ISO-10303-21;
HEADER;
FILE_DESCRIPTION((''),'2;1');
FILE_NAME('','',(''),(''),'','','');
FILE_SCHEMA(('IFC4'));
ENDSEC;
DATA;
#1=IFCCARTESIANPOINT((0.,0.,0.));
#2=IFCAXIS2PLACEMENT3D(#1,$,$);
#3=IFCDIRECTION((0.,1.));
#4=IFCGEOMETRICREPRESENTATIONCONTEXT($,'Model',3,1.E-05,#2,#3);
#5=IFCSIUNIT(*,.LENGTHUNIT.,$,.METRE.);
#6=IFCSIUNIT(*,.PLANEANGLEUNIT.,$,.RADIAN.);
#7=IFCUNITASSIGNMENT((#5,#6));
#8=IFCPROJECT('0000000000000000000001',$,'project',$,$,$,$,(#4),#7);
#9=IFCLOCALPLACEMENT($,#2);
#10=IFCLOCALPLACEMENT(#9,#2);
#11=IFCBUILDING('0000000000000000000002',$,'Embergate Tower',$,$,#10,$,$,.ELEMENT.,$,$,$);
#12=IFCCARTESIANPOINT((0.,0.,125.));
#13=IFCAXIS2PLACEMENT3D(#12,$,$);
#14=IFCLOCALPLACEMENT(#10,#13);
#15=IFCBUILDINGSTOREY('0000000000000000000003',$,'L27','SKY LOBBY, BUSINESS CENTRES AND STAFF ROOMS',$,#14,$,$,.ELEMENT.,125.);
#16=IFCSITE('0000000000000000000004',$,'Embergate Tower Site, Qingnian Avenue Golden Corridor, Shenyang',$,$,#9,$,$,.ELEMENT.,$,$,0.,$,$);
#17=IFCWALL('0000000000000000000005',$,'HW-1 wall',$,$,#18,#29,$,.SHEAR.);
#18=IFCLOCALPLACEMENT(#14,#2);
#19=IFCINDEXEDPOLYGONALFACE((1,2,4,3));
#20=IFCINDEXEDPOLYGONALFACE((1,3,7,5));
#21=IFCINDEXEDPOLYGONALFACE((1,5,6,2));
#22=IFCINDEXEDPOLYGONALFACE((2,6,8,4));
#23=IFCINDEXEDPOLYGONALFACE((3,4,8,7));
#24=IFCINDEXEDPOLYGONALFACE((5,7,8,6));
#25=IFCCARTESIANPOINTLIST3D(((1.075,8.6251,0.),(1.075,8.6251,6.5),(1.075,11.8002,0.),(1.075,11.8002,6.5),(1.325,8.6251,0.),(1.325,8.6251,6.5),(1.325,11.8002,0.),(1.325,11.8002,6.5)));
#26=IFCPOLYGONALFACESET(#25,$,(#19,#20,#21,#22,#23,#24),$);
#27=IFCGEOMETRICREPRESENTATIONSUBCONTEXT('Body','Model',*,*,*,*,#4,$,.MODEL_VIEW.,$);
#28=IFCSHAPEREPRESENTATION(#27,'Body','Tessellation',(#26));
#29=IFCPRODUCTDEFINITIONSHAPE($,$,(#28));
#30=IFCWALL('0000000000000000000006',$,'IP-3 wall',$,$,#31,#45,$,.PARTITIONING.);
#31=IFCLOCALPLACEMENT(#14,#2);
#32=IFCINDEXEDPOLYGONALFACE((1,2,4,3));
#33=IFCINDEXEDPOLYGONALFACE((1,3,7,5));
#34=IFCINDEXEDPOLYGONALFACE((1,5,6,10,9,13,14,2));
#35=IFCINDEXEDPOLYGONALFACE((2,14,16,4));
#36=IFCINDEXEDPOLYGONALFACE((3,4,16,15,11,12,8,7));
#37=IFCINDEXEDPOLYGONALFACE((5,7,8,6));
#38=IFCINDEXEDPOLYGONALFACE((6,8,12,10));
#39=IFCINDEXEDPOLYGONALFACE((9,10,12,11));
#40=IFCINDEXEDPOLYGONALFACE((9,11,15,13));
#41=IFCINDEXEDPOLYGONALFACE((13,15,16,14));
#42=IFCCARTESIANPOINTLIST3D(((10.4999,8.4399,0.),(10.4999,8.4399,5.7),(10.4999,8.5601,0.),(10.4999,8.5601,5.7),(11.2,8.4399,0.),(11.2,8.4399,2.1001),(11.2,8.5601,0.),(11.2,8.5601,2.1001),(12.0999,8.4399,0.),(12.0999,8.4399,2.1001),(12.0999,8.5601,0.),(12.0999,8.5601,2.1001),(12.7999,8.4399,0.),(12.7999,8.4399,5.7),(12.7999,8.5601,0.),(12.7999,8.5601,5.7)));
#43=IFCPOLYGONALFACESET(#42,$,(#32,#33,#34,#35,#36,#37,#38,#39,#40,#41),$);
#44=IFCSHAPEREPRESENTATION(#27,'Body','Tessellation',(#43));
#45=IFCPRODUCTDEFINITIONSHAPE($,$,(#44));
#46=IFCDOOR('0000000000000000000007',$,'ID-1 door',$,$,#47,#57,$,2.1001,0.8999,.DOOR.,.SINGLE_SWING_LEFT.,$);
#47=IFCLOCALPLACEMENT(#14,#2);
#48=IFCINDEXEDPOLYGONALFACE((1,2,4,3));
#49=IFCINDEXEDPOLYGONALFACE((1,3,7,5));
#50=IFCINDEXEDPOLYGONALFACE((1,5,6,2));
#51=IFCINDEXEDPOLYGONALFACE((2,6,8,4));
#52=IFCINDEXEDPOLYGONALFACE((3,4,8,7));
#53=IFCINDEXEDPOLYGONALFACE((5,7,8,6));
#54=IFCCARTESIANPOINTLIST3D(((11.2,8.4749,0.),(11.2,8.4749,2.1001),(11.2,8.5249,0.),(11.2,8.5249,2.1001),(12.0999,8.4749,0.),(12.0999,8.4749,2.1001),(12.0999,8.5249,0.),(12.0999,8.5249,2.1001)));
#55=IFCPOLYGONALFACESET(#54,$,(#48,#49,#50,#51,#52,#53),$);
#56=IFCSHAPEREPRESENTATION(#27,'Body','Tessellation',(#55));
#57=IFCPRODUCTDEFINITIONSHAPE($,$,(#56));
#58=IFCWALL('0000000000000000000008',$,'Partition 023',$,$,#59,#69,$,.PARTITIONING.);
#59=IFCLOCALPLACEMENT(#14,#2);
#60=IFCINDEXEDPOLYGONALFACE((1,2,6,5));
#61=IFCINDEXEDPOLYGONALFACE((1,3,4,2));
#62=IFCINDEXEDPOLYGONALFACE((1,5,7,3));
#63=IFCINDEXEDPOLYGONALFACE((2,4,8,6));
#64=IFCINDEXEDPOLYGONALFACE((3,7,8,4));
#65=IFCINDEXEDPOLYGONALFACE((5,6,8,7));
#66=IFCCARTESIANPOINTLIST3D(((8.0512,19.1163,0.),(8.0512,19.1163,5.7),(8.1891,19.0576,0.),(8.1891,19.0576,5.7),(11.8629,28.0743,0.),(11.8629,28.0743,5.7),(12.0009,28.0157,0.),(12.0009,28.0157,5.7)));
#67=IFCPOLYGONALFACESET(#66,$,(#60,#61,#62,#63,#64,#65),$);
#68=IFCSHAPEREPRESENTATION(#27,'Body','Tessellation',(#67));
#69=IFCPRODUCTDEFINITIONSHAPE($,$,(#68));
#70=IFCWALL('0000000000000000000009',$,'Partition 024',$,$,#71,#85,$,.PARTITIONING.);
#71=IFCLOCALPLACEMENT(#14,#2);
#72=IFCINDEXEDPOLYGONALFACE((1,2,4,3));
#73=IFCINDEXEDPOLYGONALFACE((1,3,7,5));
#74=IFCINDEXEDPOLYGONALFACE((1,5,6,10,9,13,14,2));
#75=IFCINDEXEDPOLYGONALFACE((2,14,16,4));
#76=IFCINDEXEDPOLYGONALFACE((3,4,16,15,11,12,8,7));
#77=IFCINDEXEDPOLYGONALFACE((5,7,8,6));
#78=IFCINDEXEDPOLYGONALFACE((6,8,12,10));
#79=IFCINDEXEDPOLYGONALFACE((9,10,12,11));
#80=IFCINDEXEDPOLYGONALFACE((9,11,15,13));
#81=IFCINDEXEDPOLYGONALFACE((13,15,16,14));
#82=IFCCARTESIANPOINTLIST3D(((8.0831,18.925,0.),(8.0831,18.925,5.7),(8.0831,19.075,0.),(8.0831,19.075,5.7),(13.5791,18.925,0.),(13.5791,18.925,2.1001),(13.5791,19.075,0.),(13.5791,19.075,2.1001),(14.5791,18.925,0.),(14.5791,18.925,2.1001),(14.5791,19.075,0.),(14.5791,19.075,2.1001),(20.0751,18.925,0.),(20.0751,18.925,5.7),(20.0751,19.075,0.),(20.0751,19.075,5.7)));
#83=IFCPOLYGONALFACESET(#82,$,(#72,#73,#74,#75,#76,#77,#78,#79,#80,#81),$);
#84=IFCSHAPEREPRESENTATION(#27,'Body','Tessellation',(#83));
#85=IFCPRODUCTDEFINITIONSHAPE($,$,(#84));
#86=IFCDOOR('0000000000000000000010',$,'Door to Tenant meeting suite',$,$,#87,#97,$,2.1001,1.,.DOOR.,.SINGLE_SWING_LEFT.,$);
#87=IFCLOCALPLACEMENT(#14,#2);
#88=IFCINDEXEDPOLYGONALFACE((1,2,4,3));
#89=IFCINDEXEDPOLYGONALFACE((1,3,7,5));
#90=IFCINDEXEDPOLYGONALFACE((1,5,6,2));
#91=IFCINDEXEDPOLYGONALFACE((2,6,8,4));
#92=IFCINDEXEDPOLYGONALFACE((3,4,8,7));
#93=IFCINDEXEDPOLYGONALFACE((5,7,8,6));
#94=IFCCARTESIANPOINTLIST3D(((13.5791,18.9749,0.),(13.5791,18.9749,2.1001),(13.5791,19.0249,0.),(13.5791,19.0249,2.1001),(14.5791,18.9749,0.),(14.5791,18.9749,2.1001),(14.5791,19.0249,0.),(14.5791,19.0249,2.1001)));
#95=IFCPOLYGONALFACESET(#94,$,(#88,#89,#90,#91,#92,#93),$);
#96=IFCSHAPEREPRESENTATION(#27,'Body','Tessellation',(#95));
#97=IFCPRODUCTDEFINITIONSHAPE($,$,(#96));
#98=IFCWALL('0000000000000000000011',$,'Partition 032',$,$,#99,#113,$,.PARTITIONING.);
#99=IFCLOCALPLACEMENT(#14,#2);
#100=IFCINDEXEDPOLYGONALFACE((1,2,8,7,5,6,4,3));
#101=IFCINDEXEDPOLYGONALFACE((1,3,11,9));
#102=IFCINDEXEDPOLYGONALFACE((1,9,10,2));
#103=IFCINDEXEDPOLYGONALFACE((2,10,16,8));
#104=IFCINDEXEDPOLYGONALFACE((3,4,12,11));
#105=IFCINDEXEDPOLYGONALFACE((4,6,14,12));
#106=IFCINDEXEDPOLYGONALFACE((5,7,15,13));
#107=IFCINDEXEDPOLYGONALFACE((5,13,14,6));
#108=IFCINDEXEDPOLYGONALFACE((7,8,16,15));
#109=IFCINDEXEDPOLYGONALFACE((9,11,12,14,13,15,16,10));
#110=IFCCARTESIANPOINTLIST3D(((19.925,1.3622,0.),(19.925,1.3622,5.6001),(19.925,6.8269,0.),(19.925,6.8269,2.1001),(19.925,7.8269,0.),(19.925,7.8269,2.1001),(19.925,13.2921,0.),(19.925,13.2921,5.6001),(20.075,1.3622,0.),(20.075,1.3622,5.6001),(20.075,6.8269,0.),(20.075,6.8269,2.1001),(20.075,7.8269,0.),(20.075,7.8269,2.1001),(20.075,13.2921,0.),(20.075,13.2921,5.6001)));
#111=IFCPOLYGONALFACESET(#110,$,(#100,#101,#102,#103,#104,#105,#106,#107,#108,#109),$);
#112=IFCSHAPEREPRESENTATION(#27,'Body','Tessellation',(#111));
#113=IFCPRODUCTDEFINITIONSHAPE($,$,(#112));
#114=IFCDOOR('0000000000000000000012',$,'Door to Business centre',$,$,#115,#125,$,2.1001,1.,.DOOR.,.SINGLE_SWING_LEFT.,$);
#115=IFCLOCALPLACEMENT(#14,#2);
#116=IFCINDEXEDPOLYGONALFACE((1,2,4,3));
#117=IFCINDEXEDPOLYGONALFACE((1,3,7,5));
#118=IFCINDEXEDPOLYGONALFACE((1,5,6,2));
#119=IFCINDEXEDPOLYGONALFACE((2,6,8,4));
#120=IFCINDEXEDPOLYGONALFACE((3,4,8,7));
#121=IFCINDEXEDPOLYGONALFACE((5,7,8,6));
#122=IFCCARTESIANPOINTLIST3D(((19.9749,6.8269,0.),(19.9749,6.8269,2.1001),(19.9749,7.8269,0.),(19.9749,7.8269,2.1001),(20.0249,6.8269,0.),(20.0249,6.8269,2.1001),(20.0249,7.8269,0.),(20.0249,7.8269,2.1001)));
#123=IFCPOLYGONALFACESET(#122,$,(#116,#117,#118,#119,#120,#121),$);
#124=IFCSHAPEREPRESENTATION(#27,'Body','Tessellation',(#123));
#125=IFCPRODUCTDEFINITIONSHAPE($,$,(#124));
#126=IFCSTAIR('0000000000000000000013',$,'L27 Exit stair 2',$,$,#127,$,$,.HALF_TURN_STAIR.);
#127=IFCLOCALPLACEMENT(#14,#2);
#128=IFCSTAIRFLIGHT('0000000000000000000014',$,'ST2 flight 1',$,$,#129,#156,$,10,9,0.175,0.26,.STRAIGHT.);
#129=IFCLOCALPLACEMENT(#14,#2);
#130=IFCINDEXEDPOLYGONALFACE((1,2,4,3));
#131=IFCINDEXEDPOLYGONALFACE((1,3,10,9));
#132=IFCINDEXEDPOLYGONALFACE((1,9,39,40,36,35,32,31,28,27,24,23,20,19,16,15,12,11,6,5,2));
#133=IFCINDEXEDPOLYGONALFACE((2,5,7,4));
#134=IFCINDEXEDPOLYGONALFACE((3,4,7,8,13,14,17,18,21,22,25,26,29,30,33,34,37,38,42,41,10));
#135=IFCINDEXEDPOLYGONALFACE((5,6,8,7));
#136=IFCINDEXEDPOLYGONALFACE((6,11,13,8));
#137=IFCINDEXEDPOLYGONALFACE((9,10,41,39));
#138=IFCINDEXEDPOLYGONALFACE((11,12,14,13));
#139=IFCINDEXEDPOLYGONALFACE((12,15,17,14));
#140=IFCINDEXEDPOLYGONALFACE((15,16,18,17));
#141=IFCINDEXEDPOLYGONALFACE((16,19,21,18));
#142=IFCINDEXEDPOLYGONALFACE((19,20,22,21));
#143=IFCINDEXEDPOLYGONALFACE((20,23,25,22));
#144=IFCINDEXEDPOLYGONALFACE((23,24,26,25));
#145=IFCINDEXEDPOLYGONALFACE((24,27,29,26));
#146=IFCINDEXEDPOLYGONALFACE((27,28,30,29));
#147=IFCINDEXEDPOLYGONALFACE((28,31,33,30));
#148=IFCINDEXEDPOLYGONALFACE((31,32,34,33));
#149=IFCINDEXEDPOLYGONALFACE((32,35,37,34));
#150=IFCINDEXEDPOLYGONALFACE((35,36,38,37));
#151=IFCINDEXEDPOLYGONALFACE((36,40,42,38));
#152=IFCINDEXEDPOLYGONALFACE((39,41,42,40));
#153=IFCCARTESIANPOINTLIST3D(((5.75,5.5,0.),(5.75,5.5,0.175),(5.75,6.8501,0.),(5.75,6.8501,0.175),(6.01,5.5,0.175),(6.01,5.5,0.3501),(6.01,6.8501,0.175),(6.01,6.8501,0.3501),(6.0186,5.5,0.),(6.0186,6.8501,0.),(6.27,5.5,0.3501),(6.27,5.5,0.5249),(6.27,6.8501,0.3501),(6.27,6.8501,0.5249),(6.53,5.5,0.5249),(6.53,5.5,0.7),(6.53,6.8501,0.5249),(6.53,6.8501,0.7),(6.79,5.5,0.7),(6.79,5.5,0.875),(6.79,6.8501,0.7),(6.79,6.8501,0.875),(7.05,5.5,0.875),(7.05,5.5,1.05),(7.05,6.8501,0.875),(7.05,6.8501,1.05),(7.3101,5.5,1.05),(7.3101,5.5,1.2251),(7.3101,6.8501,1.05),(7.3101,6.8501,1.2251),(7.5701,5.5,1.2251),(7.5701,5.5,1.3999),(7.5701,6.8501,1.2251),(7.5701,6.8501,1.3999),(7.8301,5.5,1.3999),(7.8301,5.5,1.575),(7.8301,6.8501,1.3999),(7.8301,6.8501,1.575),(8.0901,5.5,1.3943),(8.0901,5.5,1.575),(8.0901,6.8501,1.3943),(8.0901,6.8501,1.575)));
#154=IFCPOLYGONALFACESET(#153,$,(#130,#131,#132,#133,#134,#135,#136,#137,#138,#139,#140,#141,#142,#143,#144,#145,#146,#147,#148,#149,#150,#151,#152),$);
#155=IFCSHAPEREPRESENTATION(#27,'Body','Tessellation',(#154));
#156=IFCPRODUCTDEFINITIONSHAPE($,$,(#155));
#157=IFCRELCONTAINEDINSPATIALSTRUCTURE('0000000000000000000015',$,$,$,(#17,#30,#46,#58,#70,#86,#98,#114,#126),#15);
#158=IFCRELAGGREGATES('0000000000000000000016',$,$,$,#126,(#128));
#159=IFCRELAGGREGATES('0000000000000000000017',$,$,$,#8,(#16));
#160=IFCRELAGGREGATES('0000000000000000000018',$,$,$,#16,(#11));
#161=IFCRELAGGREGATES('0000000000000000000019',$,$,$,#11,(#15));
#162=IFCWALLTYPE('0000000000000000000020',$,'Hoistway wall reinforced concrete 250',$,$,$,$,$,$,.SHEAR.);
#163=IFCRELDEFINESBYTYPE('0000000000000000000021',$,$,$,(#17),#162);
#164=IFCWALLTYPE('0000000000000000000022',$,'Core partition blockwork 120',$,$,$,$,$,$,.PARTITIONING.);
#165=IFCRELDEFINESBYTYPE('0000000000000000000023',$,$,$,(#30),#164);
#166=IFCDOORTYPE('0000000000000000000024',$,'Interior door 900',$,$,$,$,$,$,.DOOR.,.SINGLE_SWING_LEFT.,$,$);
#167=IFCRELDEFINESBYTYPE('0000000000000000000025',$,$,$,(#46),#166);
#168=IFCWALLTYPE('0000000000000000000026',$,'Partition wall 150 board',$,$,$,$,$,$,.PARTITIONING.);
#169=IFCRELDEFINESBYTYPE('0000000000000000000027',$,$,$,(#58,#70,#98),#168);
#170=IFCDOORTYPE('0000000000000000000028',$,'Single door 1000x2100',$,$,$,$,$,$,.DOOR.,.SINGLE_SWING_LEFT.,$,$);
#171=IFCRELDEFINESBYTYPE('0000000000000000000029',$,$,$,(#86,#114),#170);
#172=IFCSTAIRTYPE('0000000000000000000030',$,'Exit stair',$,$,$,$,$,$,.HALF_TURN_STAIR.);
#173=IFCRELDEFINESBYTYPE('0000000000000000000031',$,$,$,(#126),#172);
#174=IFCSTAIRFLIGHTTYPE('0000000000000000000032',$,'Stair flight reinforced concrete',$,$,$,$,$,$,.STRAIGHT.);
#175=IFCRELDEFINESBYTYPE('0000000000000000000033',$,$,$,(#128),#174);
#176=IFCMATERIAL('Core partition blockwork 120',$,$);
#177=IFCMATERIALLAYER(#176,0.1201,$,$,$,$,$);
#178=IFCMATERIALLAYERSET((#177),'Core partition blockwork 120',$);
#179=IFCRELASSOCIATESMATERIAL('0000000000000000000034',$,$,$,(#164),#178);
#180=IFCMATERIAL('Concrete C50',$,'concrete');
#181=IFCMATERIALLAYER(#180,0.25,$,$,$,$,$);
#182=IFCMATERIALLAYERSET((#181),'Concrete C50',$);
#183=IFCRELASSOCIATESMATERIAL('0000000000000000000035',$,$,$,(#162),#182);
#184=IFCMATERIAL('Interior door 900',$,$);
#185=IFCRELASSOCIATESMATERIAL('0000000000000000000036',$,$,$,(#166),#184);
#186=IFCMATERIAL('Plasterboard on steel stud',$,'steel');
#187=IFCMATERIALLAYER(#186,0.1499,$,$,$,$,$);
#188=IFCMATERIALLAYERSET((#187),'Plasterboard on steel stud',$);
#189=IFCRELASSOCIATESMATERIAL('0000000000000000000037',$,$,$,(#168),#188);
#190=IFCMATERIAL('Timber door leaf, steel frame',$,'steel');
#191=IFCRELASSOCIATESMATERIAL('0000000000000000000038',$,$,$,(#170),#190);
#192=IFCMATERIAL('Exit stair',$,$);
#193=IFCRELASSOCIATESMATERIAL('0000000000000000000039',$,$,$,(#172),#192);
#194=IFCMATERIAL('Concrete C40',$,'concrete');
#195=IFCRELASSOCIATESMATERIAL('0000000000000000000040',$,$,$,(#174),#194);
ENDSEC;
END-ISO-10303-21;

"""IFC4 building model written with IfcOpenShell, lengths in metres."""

from ifc_helpers import new_model, si_unit, direction, frame, frame_2d, origin, place, context, subcontext, project, spatial, polyline, rectangle, outline, extrude, source, transform, mapped, material, layer, layer_set, type_object, element, fill, aggregate, save


model = new_model("IFC4")

# Units and contexts
model_context = context("Model", 3, precision=1e-05, world=origin(), true_north=direction((0.0, 1.0)))
body_context = subcontext(model_context, "Body", "Model", "MODEL_VIEW")
ifc_project = project(units=[si_unit("LENGTHUNIT", "METRE"), si_unit("PLANEANGLEUNIT", "RADIAN")], contexts=[model_context])

# Site, building, storey
site_placement = place(None, origin())
site = spatial("IfcSite", under=ifc_project, at=site_placement, Name="Embergate Tower Site, Qingnian Avenue Golden Corridor, Shenyang", CompositionType="ELEMENT", RefElevation=0.0)
building_placement = place(site_placement, origin())
building = spatial("IfcBuilding", under=site, at=building_placement, Name="Embergate Tower", CompositionType="ELEMENT")
storey_placement = place(building_placement, frame((0.0, 0.0, 125.0)))
storey = spatial("IfcBuildingStorey", under=building, at=storey_placement, Name="L27", Description="SKY LOBBY, BUSINESS CENTRES AND STAFF ROOMS", CompositionType="ELEMENT", Elevation=125.0)

# Shared definitions
ifc_material_1 = material(Name="Concrete C50", Category="concrete")

# Shared definitions
ifc_material_2 = material(Name="Core partition blockwork 120")
ifc_layer_1 = layer(ifc_material_2, 0.1201)
ifc_layer_set_1 = layer_set([ifc_layer_1], Name="Core partition blockwork 120")
wall_type_1 = type_object("IfcWallType", Name="Core partition blockwork 120", PredefinedType="PARTITIONING", material=ifc_layer_set_1)

# Wall
ifc_layer_2 = layer(ifc_material_1, 0.25)
ifc_layer_set_2 = layer_set([ifc_layer_2], Name="Concrete C50")
wall_type_2 = type_object("IfcWallType", Name="Hoistway wall reinforced concrete 250", PredefinedType="SHEAR", material=ifc_layer_set_2)
shared_shape_1 = source(origin(), body_context, "Body", "SweptSolid", [
    extrude(rectangle(XDim=3.175, YDim=0.25, at=frame_2d((1.5874, 0.0))), origin(), (0.0, 0.0, 1.0), 6.5),
])
wall_1_placement = place(storey_placement, frame((1.2, 11.8, 0.0), z_axis=(0.0, 0.0, 1.0), x_axis=(0.0, -1.0, 0.0)))
element("IfcWall", 1, at=wall_1_placement, inside=storey, type_object=wall_type_2, Name="HW-1 wall", PredefinedType="SHEAR", context=body_context, shape_type="MappedRepresentation", body=[
    mapped(shared_shape_1, transform((0.0, 0.0, 0.0))),
])

# Wall, opening, door
shared_shape_2 = source(origin(), body_context, "Body", "SweptSolid", [
    extrude(rectangle(XDim=2.3, YDim=0.1201, at=frame_2d((1.1499, 0.0))), origin(), (0.0, 0.0, 1.0), 5.7),
])
wall_2_placement = place(storey_placement, frame((10.5, 8.5, 0.0), z_axis=(0.0, 0.0, 1.0), x_axis=(1.0, 0.0, 0.0)))
wall_2 = element("IfcWall", 2, at=wall_2_placement, inside=storey, type_object=wall_type_1, Name="IP-3 wall", PredefinedType="PARTITIONING", context=body_context, shape_type="MappedRepresentation", body=[
    mapped(shared_shape_2, transform((0.0, 0.0, 0.0))),
])
shared_shape_3 = source(origin(), body_context, "Body", "SweptSolid", [
    extrude(rectangle(XDim=0.8999, YDim=2.1001, at=frame_2d((0.45, 1.05))), frame((0.0, 0.0701, 0.0), z_axis=(0.0, -1.0, 0.0), x_axis=(1.0, 0.0, 0.0)), (0.0, 0.0, 1.0), 0.1401),
])
opening_1_placement = place(wall_2_placement, frame((0.7, 0.0, 0.0)))
opening_1 = element("IfcOpeningElement", 3, at=opening_1_placement, cuts=wall_2, PredefinedType="OPENING", context=body_context, shape_type="MappedRepresentation", body=[
    mapped(shared_shape_3, transform((0.0, 0.0, 0.0))),
])
ifc_material_3 = material(Name="Interior door 900")
door_type_1 = type_object("IfcDoorType", Name="Interior door 900", OperationType="SINGLE_SWING_LEFT", PredefinedType="DOOR", material=ifc_material_3)
shared_shape_4 = source(origin(), body_context, "Body", "SweptSolid", [
    extrude(rectangle(XDim=0.8999, YDim=2.1001, at=frame_2d((0.45, 1.05))), frame((0.0, 0.0249, 0.0), z_axis=(0.0, -1.0, 0.0), x_axis=(1.0, 0.0, 0.0)), (0.0, 0.0, 1.0), 0.05),
])
door_1_placement = place(opening_1_placement, origin())
door_1 = element("IfcDoor", 4, at=door_1_placement, inside=storey, type_object=door_type_1, Name="ID-1 door", OperationType="SINGLE_SWING_LEFT", OverallHeight=2.1001, OverallWidth=0.8999, PredefinedType="DOOR", context=body_context, shape_type="MappedRepresentation", body=[
    mapped(shared_shape_4, transform((0.0, 0.0, 0.0))),
])
fill(opening_1, door_1)

# Wall
ifc_material_4 = material(Name="Plasterboard on steel stud", Category="steel")
ifc_layer_3 = layer(ifc_material_4, 0.1499)
ifc_layer_set_3 = layer_set([ifc_layer_3], Name="Plasterboard on steel stud")
wall_type_3 = type_object("IfcWallType", Name="Partition wall 150 board", PredefinedType="PARTITIONING", material=ifc_layer_set_3)
shared_shape_5 = source(origin(), body_context, "Body", "SweptSolid", [
    extrude(rectangle(XDim=9.7354, YDim=0.1499, at=frame_2d((4.8677, 0.0))), origin(), (0.0, 0.0, 1.0), 5.7),
])
wall_3_placement = place(storey_placement, frame((8.1201, 19.0869, 0.0), z_axis=(0.0, 0.0, 1.0), x_axis=(0.391542, 0.92016, 0.0)))
element("IfcWall", 5, at=wall_3_placement, inside=storey, type_object=wall_type_3, Name="Partition 023", PredefinedType="PARTITIONING", context=body_context, shape_type="MappedRepresentation", body=[
    mapped(shared_shape_5, transform((0.0, 0.0, 0.0))),
])

# Walls, openings, doors
shared_shape_6 = source(origin(), body_context, "Body", "SweptSolid", [
    extrude(rectangle(XDim=11.9919, YDim=0.1499, at=frame_2d((5.9961, 0.0))), origin(), (0.0, 0.0, 1.0), 5.7),
])
wall_4_placement = place(storey_placement, frame((8.083, 19.0, 0.0), z_axis=(0.0, 0.0, 1.0), x_axis=(1.0, 0.0, 0.0)))
wall_4 = element("IfcWall", 6, at=wall_4_placement, inside=storey, type_object=wall_type_3, Name="Partition 024", PredefinedType="PARTITIONING", context=body_context, shape_type="MappedRepresentation", body=[
    mapped(shared_shape_6, transform((0.0, 0.0, 0.0))),
])
shared_shape_7 = source(origin(), body_context, "Body", "SweptSolid", [
    extrude(rectangle(XDim=1.0, YDim=2.1001, at=frame_2d((0.5, 1.05))), frame((0.0, 0.085, 0.0), z_axis=(0.0, -1.0, 0.0), x_axis=(1.0, 0.0, 0.0)), (0.0, 0.0, 1.0), 0.1699),
])
opening_2_placement = place(wall_4_placement, frame((5.4961, 0.0, 0.0)))
opening_2 = element("IfcOpeningElement", 7, at=opening_2_placement, cuts=wall_4, PredefinedType="OPENING", context=body_context, shape_type="MappedRepresentation", body=[
    mapped(shared_shape_7, transform((0.0, 0.0, 0.0))),
])
ifc_material_5 = material(Name="Timber door leaf, steel frame", Category="steel")
door_type_2 = type_object("IfcDoorType", Name="Single door 1000x2100", OperationType="SINGLE_SWING_LEFT", PredefinedType="DOOR", material=ifc_material_5)
shared_shape_8 = source(origin(), body_context, "Body", "SweptSolid", [
    extrude(rectangle(XDim=1.0, YDim=2.1001, at=frame_2d((0.5, 1.05))), frame((0.0, 0.0249, 0.0), z_axis=(0.0, -1.0, 0.0), x_axis=(1.0, 0.0, 0.0)), (0.0, 0.0, 1.0), 0.05),
])
door_2_placement = place(opening_2_placement, origin())
door_2 = element("IfcDoor", 8, at=door_2_placement, inside=storey, type_object=door_type_2, Name="Door to Tenant meeting suite", OperationType="SINGLE_SWING_LEFT", OverallHeight=2.1001, OverallWidth=1.0, PredefinedType="DOOR", context=body_context, shape_type="MappedRepresentation", body=[
    mapped(shared_shape_8, transform((0.0, 0.0, 0.0))),
])
fill(opening_2, door_2)
shared_shape_9 = source(origin(), body_context, "Body", "SweptSolid", [
    extrude(rectangle(XDim=11.9299, YDim=0.1499, at=frame_2d((5.9648, 0.0))), origin(), (0.0, 0.0, 1.0), 5.6001),
])
wall_5_placement = place(storey_placement, frame((20.0, 13.292, 0.0), z_axis=(0.0, 0.0, 1.0), x_axis=(0.0, -1.0, 0.0)))
wall_5 = element("IfcWall", 9, at=wall_5_placement, inside=storey, type_object=wall_type_3, Name="Partition 032", PredefinedType="PARTITIONING", context=body_context, shape_type="MappedRepresentation", body=[
    mapped(shared_shape_9, transform((0.0, 0.0, 0.0))),
])
opening_3_placement = place(wall_5_placement, frame((5.4651, 0.0, 0.0)))
opening_3 = element("IfcOpeningElement", 10, at=opening_3_placement, cuts=wall_5, PredefinedType="OPENING", context=body_context, shape_type="MappedRepresentation", body=[
    mapped(shared_shape_7, transform((0.0, 0.0, 0.0))),
])
door_3_placement = place(opening_3_placement, origin())
door_3 = element("IfcDoor", 11, at=door_3_placement, inside=storey, type_object=door_type_2, Name="Door to Business centre", OperationType="SINGLE_SWING_LEFT", OverallHeight=2.1001, OverallWidth=1.0, PredefinedType="DOOR", context=body_context, shape_type="MappedRepresentation", body=[
    mapped(shared_shape_8, transform((0.0, 0.0, 0.0))),
])
fill(opening_3, door_3)

# Stair, stair flight
ifc_material_6 = material(Name="Exit stair")
stair_type = type_object("IfcStairType", Name="Exit stair", PredefinedType="HALF_TURN_STAIR", material=ifc_material_6)
stair_placement = place(storey_placement, origin())
stair = element("IfcStair", 12, at=stair_placement, inside=storey, type_object=stair_type, Name="L27 Exit stair 2", PredefinedType="HALF_TURN_STAIR")
ifc_material_7 = material(Name="Concrete C40", Category="concrete")
stair_flight_type = type_object("IfcStairFlightType", Name="Stair flight reinforced concrete", PredefinedType="STRAIGHT", material=ifc_material_7)
shared_shape_10 = source(origin(), body_context, "Body", "SweptSolid", [
    extrude(outline(polyline([(0.0, 0.0), (0.0, 0.175), (0.26, 0.175), (0.26, 0.3501), (0.52, 0.3501), (0.52, 0.5249), (0.78, 0.5249), (0.78, 0.7), (1.04, 0.7), (1.04, 0.875), (1.3, 0.875), (1.3, 1.05), (1.5601, 1.05), (1.5601, 1.2251), (1.8201, 1.2251), (1.8201, 1.3999), (2.0801, 1.3999), (2.0801, 1.575), (2.3401, 1.575), (2.3401, 1.75), (2.3401, 1.3943), (0.2686, 0.0), (0.0, 0.0)])), frame((0.0, 0.675, 0.0), z_axis=(0.0, -1.0, 0.0), x_axis=(1.0, 0.0, 0.0)), (0.0, 0.0, 1.0), 1.3501),
])
stair_flight_1_placement = place(storey_placement, frame((5.75, 6.175, 0.0), z_axis=(0.0, 0.0, 1.0), x_axis=(1.0, 0.0, 0.0)))
stair_flight_1 = element("IfcStairFlight", 13, at=stair_flight_1_placement, type_object=stair_flight_type, Name="ST2 flight 1", NumberOfRisers=10, NumberOfTreads=9, PredefinedType="STRAIGHT", RiserHeight=0.175, TreadLength=0.26, context=body_context, shape_type="MappedRepresentation", body=[
    mapped(shared_shape_10, transform((0.0, 0.0, 0.0))),
])
aggregate(stair, [stair_flight_1])

save(model, "model.ifc")
